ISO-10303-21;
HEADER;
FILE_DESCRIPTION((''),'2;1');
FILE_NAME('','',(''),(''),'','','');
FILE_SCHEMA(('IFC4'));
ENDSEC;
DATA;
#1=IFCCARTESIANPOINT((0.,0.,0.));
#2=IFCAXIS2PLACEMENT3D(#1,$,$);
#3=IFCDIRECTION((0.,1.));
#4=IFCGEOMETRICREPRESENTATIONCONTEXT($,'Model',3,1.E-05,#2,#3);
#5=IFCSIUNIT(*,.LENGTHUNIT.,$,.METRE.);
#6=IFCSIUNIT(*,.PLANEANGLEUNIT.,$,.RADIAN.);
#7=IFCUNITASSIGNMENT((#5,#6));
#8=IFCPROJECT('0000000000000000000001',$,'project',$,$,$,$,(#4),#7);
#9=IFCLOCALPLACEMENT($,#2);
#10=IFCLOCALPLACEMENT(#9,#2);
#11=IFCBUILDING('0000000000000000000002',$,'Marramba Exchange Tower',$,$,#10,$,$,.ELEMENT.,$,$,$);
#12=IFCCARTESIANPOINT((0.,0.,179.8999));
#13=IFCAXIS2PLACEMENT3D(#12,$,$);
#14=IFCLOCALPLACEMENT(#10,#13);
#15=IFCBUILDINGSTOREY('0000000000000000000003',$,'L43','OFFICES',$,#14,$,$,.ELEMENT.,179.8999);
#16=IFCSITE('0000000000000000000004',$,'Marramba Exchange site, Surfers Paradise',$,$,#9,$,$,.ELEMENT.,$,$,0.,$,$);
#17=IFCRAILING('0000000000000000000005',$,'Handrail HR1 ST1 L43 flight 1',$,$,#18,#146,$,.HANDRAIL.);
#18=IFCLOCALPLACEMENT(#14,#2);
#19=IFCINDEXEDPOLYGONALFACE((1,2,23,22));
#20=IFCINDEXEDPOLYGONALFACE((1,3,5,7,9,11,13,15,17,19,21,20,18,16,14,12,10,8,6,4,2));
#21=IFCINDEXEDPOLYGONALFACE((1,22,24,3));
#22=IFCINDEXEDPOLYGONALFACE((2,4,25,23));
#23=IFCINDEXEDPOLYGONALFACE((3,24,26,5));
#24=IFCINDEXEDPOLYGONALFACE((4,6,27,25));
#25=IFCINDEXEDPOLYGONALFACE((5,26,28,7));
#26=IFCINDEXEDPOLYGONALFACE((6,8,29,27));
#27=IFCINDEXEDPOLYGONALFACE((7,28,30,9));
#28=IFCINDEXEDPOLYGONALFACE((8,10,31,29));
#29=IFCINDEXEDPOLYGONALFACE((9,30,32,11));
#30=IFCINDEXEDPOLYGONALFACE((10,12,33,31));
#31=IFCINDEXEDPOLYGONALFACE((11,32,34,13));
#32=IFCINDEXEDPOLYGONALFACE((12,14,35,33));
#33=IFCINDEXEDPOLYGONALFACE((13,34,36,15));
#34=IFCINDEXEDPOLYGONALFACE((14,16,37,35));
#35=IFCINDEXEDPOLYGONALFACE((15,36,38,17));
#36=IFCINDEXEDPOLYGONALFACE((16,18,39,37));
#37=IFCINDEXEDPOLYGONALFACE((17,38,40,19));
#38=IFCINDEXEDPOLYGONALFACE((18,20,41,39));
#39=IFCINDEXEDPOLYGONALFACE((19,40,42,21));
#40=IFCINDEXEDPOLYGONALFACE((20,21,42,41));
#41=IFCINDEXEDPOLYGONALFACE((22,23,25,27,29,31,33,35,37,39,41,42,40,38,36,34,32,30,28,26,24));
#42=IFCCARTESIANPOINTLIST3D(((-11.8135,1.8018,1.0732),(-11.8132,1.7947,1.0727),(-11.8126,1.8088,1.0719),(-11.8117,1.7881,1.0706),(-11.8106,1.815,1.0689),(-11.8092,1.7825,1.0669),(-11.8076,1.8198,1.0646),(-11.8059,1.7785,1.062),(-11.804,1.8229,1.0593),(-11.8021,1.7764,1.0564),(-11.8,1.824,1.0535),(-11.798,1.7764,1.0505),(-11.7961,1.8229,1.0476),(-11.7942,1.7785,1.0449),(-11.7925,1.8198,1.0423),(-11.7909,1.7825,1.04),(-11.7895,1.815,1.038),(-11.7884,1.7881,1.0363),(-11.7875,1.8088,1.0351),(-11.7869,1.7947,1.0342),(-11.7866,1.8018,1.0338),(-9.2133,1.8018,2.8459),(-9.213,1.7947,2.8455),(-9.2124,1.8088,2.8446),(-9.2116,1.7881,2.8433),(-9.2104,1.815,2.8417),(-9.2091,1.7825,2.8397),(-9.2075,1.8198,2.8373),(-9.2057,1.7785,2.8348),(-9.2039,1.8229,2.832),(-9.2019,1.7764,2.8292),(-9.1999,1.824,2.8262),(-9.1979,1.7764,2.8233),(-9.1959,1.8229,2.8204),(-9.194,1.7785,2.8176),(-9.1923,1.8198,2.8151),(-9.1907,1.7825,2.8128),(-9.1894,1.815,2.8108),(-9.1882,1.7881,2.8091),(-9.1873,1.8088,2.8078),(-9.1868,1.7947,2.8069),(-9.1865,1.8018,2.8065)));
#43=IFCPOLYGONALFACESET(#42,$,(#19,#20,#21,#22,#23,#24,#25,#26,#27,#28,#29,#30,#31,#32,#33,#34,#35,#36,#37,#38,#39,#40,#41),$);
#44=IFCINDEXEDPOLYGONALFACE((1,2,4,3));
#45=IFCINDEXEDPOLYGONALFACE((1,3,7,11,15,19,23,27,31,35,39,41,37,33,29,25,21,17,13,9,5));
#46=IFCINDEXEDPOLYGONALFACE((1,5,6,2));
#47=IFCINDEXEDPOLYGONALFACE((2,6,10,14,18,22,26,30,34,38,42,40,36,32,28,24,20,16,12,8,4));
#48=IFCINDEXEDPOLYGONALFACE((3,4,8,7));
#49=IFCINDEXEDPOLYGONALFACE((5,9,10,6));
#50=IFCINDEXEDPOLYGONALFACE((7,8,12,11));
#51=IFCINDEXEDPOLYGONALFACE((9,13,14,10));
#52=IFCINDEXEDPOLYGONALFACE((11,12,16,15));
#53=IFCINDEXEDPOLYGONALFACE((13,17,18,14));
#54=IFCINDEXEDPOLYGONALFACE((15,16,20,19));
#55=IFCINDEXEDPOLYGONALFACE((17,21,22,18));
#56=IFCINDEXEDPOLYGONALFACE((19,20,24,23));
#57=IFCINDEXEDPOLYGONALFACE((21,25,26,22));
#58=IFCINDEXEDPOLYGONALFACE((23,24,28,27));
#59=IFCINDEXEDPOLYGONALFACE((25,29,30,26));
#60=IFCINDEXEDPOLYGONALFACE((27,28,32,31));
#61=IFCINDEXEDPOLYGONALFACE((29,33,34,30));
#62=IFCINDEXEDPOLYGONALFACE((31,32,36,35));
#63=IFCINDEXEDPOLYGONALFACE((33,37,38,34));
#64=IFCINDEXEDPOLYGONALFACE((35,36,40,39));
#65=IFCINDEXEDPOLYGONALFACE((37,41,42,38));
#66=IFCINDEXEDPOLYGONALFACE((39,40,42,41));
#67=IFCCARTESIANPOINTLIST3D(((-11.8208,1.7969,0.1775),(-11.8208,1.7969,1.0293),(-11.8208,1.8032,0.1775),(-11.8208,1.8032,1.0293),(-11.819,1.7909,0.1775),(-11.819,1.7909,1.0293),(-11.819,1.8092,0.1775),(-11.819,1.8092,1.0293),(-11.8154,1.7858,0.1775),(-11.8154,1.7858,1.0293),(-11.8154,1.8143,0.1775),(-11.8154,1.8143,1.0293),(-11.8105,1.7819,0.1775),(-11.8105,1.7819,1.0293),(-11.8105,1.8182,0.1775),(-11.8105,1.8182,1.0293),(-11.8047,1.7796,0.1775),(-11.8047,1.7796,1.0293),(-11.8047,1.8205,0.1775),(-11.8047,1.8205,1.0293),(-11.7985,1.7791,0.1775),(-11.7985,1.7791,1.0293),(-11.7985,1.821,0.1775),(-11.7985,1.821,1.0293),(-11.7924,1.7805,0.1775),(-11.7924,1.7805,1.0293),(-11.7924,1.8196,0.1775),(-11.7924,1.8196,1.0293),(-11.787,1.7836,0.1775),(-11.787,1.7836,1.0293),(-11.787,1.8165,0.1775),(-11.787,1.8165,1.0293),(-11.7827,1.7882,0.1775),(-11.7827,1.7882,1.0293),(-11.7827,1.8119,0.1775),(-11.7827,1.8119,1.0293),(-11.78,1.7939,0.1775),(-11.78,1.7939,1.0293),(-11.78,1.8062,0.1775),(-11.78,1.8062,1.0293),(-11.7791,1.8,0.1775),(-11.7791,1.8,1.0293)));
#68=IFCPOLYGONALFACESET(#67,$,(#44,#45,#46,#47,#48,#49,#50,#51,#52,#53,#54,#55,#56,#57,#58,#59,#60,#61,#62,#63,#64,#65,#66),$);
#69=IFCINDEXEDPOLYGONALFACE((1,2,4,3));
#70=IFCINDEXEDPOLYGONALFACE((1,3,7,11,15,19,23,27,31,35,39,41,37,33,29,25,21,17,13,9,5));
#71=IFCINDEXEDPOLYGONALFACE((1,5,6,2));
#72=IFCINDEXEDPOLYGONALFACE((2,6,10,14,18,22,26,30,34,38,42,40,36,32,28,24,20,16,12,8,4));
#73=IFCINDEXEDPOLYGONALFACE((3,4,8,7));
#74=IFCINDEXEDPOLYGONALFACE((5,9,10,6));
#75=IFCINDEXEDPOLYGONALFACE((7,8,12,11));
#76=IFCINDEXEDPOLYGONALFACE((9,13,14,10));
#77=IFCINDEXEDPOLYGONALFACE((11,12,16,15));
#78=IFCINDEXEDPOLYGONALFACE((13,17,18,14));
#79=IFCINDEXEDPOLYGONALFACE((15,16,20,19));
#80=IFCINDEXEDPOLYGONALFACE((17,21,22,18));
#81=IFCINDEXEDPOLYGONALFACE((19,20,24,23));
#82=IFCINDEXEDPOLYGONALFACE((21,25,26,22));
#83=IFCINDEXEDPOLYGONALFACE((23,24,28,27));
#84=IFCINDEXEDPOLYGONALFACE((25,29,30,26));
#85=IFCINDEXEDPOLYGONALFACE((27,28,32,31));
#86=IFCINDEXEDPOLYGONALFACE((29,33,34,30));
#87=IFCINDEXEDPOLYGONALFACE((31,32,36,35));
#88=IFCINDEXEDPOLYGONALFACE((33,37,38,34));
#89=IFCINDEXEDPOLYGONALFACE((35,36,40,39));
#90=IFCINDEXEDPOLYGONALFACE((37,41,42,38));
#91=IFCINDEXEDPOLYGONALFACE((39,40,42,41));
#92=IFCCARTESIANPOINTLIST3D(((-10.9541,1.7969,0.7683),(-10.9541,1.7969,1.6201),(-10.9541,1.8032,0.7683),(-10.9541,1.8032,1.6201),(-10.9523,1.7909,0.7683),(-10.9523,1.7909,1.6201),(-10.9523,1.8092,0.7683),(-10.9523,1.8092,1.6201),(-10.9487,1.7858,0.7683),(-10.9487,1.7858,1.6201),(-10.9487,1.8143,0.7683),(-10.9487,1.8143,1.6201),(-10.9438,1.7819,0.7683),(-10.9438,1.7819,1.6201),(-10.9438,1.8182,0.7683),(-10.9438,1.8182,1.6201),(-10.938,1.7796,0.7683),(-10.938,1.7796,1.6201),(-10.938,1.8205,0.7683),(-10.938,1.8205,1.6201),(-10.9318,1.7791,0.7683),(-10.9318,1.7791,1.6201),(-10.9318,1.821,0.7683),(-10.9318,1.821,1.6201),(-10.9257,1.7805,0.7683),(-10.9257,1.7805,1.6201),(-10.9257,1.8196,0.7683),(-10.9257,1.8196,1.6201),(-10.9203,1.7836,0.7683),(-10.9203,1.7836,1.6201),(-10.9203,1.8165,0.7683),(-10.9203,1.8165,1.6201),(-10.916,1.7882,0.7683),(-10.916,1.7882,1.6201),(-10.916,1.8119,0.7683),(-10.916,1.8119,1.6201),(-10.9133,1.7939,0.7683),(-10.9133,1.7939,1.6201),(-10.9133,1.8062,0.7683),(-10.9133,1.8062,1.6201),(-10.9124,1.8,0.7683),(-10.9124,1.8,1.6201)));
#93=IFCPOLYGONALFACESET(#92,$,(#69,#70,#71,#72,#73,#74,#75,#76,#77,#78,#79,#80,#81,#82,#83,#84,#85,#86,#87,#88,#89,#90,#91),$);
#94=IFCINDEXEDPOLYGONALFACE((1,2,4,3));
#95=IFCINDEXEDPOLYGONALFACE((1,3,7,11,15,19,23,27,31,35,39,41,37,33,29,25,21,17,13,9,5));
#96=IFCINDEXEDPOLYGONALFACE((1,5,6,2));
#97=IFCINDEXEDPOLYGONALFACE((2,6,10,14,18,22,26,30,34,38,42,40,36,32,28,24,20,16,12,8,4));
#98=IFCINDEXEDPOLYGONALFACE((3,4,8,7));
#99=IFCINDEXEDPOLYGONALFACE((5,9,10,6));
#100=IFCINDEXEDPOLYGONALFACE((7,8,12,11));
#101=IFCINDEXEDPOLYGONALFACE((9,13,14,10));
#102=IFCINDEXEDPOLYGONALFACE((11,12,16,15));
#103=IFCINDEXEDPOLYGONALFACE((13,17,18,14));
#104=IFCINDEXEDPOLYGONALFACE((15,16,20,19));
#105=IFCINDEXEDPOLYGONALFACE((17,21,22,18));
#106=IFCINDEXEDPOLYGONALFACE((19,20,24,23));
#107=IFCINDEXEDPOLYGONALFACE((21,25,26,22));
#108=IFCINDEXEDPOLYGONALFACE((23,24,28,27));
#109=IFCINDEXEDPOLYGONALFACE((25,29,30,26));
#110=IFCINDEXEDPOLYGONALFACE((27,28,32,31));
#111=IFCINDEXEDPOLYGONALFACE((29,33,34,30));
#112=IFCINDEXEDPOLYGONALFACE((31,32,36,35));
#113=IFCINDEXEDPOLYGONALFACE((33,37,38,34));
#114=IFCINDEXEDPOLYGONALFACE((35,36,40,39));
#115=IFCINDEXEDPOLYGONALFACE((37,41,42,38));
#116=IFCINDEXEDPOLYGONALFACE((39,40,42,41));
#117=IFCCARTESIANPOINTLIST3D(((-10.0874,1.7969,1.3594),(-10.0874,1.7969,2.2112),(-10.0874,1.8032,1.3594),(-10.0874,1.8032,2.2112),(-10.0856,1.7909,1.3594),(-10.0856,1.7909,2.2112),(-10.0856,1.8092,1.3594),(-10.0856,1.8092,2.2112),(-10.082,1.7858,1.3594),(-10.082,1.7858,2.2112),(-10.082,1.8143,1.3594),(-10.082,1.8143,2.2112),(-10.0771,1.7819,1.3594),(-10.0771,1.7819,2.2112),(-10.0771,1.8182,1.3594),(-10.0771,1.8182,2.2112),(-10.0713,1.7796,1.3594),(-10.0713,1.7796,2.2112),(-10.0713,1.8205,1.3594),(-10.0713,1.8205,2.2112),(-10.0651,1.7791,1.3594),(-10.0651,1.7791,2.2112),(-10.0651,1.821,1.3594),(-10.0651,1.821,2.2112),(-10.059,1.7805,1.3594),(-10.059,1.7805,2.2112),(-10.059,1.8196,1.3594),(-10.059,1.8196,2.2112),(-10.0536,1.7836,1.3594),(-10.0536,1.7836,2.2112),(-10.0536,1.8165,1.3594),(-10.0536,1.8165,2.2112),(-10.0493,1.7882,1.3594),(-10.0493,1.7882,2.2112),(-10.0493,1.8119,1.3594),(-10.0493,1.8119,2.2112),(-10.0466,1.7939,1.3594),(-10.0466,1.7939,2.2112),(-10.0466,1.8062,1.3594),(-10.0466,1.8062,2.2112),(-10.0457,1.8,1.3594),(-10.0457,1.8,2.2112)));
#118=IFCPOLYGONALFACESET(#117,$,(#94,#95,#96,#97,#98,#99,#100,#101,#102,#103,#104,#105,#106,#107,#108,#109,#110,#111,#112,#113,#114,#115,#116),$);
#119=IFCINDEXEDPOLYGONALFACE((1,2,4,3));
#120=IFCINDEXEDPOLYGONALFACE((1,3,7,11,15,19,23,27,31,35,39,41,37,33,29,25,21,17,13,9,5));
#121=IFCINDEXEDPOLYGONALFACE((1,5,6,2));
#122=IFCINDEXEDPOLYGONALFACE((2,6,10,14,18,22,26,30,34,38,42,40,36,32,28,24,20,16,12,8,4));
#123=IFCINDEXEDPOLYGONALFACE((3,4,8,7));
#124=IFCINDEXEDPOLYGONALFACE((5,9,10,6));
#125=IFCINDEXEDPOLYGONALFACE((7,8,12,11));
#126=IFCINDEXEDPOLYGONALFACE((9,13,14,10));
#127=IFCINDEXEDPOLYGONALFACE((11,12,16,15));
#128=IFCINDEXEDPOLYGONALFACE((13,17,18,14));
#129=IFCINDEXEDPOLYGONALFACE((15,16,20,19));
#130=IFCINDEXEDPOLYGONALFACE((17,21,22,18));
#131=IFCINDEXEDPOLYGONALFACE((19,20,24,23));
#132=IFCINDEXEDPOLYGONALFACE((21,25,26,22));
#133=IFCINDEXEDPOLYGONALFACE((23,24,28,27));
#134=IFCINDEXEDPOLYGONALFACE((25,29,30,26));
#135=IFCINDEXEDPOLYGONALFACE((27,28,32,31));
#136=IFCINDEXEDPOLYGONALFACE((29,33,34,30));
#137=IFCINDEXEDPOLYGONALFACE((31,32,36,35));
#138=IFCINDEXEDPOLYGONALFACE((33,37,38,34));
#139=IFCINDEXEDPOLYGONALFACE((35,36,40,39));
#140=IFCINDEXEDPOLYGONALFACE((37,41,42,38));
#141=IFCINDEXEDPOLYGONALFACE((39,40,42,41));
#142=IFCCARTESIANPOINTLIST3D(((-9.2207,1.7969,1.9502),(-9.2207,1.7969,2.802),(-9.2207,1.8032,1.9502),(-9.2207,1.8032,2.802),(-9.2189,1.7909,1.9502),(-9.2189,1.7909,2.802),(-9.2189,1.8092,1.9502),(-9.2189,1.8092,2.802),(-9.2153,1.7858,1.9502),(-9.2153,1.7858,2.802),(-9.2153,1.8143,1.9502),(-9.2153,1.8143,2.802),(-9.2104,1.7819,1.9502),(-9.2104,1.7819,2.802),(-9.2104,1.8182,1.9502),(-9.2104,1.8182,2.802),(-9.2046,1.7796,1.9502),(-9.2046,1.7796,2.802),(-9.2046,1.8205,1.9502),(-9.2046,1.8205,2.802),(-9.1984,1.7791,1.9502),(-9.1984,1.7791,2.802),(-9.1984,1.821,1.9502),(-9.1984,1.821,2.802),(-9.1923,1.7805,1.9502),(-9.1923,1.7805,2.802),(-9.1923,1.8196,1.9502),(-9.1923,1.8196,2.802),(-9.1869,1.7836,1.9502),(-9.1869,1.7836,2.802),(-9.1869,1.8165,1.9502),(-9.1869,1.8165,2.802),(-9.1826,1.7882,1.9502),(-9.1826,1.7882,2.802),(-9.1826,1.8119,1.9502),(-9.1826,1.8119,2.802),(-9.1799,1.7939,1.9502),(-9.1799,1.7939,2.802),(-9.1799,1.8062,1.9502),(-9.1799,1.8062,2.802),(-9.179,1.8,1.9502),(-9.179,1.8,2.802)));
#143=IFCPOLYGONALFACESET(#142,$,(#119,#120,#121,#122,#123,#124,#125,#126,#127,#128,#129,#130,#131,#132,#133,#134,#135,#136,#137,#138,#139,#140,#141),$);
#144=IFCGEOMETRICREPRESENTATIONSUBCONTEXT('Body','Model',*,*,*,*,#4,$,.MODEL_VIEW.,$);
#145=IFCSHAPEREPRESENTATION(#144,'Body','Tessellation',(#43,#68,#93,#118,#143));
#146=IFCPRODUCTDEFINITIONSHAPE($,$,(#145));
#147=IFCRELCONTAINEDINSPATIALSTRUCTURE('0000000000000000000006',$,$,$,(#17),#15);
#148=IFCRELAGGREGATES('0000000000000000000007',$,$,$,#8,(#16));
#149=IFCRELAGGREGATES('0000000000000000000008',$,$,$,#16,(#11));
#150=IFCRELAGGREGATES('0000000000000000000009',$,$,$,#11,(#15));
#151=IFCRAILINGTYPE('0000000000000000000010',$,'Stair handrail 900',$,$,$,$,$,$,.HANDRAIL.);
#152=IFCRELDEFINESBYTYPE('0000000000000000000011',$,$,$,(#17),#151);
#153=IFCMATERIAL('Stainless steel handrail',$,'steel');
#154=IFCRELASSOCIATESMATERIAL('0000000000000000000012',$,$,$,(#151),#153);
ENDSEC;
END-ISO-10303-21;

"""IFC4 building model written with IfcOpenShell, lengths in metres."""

from ifc_helpers import new_model, si_unit, direction, frame, origin, origin_2d, place, context, subcontext, project, spatial, circle, extrude, material, type_object, element, save


model = new_model("IFC4")

# Units and contexts
model_context = context("Model", 3, precision=1e-05, world=origin(), true_north=direction((0.0, 1.0)))
body_context = subcontext(model_context, "Body", "Model", "MODEL_VIEW")
ifc_project = project(units=[si_unit("LENGTHUNIT", "METRE"), si_unit("PLANEANGLEUNIT", "RADIAN")], contexts=[model_context])

# Site, building, storey
site_placement = place(None, origin())
site = spatial("IfcSite", under=ifc_project, at=site_placement, Name="Marramba Exchange site, Surfers Paradise", CompositionType="ELEMENT", RefElevation=0.0)
building_placement = place(site_placement, origin())
building = spatial("IfcBuilding", under=site, at=building_placement, Name="Marramba Exchange Tower", CompositionType="ELEMENT")
storey_placement = place(building_placement, frame((0.0, 0.0, 179.8999)))
storey = spatial("IfcBuildingStorey", under=building, at=storey_placement, Name="L43", Description="OFFICES", CompositionType="ELEMENT", Elevation=179.8999)

# Railing
ifc_material_1 = material(Name="Stainless steel handrail", Category="steel")
railing_type = type_object("IfcRailingType", Name="Stair handrail 900", PredefinedType="HANDRAIL", material=ifc_material_1)
railing_1_placement = place(storey_placement, frame((-11.8, 1.8, 0.1775)))
element("IfcRailing", 1, at=railing_1_placement, inside=storey, type_object=railing_type, Name="Handrail HR1 ST1 L43 flight 1", PredefinedType="HANDRAIL", context=body_context, shape_type="SweptSolid", body=[
    extrude(circle(Radius=0.0239, at=origin_2d()), frame((0.0, 0.0, 0.876), z_axis=(0.82624, 0.0, 0.563318), x_axis=(0.0, 1.0, 0.0)), (0.0, 0.0, 1.0), 3.147),
    extrude(circle(Radius=0.021, at=origin_2d()), origin(), (0.0, 0.0, 1.0), 0.8518),
    extrude(circle(Radius=0.021, at=origin_2d()), frame((0.8667, 0.0, 0.5908)), (0.0, 0.0, 1.0), 0.8518),
    extrude(circle(Radius=0.021, at=origin_2d()), frame((1.7334, 0.0, 1.1819)), (0.0, 0.0, 1.0), 0.8518),
    extrude(circle(Radius=0.021, at=origin_2d()), frame((2.6001, 0.0, 1.7727)), (0.0, 0.0, 1.0), 0.8518),
])

save(model, "model.ifc")
